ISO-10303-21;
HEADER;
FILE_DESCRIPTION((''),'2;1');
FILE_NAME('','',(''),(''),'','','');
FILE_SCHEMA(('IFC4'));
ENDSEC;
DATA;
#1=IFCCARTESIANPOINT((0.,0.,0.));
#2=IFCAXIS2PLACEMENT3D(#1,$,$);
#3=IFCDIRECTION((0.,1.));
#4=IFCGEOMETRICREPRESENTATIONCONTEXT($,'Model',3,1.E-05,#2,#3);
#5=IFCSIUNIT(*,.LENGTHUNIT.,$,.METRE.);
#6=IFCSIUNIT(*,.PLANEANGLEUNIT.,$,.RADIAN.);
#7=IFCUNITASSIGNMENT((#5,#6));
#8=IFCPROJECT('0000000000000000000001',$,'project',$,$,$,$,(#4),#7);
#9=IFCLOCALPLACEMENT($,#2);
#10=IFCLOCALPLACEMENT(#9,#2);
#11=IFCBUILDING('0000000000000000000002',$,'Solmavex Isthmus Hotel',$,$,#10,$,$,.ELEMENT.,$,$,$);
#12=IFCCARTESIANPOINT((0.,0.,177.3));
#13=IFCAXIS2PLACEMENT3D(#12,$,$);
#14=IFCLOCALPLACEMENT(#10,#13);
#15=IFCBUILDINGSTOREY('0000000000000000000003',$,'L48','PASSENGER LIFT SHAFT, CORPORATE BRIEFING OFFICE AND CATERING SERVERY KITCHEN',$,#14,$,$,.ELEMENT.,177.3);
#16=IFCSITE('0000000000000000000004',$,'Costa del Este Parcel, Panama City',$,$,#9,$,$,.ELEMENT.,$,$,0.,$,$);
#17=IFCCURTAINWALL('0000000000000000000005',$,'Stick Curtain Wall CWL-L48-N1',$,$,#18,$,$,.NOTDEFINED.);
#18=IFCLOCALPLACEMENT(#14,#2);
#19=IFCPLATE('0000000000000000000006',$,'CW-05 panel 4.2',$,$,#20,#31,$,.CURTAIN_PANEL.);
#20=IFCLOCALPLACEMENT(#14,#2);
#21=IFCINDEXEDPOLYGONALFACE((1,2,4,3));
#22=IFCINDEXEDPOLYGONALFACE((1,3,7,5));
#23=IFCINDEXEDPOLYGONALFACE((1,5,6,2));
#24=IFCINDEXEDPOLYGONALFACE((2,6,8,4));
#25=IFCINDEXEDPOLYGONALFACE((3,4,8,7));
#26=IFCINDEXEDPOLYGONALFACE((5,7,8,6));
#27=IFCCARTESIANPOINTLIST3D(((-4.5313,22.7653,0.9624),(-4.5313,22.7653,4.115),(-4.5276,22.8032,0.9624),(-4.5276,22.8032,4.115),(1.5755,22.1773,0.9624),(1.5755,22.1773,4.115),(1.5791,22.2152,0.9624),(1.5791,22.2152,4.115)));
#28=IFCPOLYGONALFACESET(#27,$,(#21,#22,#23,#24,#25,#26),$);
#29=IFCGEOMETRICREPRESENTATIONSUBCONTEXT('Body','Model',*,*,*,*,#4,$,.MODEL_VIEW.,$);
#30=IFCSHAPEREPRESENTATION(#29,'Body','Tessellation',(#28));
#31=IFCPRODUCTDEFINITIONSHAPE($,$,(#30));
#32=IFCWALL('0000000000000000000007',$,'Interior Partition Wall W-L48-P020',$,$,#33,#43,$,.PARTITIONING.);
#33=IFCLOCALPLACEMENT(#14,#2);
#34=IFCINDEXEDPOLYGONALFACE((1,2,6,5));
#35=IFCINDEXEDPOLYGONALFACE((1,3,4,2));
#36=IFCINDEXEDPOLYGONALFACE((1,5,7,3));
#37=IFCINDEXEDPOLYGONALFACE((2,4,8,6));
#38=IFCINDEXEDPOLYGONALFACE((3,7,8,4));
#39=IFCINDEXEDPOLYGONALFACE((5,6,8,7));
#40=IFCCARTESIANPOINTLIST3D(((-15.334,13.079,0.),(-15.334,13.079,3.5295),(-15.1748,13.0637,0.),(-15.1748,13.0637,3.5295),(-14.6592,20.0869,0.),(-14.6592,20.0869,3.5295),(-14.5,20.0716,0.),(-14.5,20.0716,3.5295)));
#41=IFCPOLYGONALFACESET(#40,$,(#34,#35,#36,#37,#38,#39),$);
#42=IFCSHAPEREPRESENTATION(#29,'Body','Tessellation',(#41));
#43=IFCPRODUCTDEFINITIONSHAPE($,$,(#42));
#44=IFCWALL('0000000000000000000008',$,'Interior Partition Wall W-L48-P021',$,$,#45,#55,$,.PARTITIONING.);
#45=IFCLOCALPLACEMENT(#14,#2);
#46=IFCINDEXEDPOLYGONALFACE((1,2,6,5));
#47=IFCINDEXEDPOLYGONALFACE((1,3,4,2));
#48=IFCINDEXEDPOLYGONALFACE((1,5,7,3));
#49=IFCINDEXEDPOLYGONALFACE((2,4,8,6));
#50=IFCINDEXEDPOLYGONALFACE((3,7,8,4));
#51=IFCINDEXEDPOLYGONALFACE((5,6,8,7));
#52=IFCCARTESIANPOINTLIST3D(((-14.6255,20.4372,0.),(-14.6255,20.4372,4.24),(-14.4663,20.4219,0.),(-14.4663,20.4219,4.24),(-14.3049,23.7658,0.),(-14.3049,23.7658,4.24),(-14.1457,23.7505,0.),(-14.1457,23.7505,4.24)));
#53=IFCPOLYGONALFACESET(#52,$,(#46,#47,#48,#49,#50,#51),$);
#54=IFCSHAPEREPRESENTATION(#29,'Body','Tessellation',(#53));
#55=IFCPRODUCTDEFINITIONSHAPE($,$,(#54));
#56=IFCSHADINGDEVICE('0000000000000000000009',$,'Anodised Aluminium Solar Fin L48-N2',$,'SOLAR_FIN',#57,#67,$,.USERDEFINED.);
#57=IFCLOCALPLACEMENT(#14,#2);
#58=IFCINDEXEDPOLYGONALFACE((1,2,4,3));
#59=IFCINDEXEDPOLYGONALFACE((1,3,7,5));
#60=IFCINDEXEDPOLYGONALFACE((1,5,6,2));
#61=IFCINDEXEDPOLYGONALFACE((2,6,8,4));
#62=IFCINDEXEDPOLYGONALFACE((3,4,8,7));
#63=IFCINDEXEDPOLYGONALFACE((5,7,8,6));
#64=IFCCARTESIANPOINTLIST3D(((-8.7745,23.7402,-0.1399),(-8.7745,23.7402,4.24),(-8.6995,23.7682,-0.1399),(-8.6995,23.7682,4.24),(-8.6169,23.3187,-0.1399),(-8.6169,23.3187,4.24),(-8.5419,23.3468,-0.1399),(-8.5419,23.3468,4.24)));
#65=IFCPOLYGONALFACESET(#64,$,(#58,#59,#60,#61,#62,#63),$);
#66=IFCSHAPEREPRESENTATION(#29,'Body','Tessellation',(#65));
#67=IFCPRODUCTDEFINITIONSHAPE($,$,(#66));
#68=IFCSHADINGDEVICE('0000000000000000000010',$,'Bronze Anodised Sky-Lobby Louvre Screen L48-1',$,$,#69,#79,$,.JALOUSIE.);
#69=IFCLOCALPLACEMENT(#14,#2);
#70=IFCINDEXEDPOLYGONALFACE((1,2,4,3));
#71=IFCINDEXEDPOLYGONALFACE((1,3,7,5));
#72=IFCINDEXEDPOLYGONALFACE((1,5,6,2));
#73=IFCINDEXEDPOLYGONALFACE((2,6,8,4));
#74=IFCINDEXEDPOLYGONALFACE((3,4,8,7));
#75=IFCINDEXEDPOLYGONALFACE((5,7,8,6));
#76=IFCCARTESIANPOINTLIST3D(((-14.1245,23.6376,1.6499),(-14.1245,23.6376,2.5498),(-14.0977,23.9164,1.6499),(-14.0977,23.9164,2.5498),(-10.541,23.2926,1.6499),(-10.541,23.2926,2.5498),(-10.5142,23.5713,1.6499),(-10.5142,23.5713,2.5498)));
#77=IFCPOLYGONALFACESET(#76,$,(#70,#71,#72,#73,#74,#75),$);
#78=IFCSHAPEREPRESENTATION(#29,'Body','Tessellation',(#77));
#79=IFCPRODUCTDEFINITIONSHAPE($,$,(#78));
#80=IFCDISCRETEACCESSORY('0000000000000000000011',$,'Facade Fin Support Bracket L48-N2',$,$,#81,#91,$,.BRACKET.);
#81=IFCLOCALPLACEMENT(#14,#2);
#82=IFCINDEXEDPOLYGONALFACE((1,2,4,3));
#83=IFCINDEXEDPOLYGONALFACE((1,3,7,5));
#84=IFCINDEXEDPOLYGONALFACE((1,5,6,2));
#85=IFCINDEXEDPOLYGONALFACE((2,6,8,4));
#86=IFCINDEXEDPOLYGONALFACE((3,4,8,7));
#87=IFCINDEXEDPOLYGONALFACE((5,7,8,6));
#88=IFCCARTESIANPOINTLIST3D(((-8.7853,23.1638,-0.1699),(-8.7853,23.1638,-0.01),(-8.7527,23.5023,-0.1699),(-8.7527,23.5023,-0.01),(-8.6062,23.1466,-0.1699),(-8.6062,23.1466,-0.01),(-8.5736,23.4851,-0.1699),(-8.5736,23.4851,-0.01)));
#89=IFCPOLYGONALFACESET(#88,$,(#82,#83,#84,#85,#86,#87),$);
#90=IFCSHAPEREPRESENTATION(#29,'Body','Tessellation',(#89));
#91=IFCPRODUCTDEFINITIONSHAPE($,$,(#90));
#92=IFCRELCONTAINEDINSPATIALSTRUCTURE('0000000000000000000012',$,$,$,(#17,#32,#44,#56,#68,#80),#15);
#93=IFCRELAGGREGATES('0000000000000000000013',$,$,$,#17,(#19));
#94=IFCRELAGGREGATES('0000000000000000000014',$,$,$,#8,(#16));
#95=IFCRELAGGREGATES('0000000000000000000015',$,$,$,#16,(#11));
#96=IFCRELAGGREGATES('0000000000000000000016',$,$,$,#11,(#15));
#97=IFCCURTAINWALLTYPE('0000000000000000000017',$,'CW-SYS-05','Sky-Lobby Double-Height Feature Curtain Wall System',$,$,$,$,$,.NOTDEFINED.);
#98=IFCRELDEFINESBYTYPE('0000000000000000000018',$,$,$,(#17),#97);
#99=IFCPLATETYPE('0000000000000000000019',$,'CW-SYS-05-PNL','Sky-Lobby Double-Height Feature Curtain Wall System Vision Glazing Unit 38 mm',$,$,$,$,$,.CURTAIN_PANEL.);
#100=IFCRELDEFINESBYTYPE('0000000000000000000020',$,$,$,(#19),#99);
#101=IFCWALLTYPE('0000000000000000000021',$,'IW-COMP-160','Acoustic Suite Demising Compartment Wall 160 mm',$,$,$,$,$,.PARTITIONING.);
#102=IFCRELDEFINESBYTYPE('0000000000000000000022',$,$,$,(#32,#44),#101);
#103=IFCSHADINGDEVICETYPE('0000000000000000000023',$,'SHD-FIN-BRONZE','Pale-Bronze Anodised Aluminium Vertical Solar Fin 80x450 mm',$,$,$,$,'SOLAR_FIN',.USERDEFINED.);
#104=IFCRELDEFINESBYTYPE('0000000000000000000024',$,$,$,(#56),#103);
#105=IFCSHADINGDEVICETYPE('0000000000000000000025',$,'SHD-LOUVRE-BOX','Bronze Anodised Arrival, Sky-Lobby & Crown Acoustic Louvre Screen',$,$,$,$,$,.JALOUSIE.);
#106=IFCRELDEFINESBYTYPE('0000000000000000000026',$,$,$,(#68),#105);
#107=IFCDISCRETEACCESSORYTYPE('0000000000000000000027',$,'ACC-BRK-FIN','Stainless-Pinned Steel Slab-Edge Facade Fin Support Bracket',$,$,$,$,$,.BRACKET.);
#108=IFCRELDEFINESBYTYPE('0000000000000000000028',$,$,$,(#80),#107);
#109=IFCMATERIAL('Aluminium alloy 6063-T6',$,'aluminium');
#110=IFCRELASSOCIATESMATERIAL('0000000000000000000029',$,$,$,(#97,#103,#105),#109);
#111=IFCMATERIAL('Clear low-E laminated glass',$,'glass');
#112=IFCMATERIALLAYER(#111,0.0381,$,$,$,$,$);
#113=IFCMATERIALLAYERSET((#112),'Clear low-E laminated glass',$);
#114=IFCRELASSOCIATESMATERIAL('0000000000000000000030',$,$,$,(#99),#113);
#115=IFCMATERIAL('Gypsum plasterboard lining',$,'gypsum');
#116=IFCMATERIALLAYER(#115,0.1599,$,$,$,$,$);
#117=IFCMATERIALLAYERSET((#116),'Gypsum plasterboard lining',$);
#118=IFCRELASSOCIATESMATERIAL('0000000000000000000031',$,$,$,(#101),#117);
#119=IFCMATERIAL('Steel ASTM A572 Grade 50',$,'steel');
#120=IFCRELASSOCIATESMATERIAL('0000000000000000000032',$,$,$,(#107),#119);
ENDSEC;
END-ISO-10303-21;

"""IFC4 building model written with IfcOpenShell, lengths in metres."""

from ifc_helpers import new_model, si_unit, direction, frame, frame_2d, origin, origin_2d, place, context, subcontext, project, spatial, rectangle, extrude, material, layer, layer_set, type_object, element, aggregate, save


model = new_model("IFC4")

# Units and contexts
model_context = context("Model", 3, precision=1e-05, world=origin(), true_north=direction((0.0, 1.0)))
body_context = subcontext(model_context, "Body", "Model", "MODEL_VIEW")
ifc_project = project(units=[si_unit("LENGTHUNIT", "METRE"), si_unit("PLANEANGLEUNIT", "RADIAN")], contexts=[model_context])

# Site, building, storey
site_placement = place(None, origin())
site = spatial("IfcSite", under=ifc_project, at=site_placement, Name="Costa del Este Parcel, Panama City", CompositionType="ELEMENT", RefElevation=0.0)
building_placement = place(site_placement, origin())
building = spatial("IfcBuilding", under=site, at=building_placement, Name="Solmavex Isthmus Hotel", CompositionType="ELEMENT")
storey_placement = place(building_placement, frame((0.0, 0.0, 177.3)))
storey = spatial("IfcBuildingStorey", under=building, at=storey_placement, Name="L48", Description="PASSENGER LIFT SHAFT, CORPORATE BRIEFING OFFICE AND CATERING SERVERY KITCHEN", CompositionType="ELEMENT", Elevation=177.3)

# Curtain wall, plate
ifc_material_1 = material(Name="Aluminium alloy 6063-T6", Category="aluminium")
curtain_wall_type = type_object("IfcCurtainWallType", Name="CW-SYS-05", Description="Sky-Lobby Double-Height Feature Curtain Wall System", PredefinedType="NOTDEFINED", material=ifc_material_1)
curtain_wall_placement = place(storey_placement, origin())
curtain_wall = element("IfcCurtainWall", 1, at=curtain_wall_placement, inside=storey, type_object=curtain_wall_type, Name="Stick Curtain Wall CWL-L48-N1", PredefinedType="NOTDEFINED")
ifc_material_2 = material(Name="Clear low-E laminated glass", Category="glass")
ifc_layer_1 = layer(ifc_material_2, 0.0381)
ifc_layer_set_1 = layer_set([ifc_layer_1], Name="Clear low-E laminated glass")
plate_type = type_object("IfcPlateType", Name="CW-SYS-05-PNL", Description="Sky-Lobby Double-Height Feature Curtain Wall System Vision Glazing Unit 38 mm", PredefinedType="CURTAIN_PANEL", material=ifc_layer_set_1)
plate_1_placement = place(storey_placement, frame((-1.4761, 22.4902, 0.9624), z_axis=(0.0, 0.0, 1.0), x_axis=(0.995396, -0.095846, 0.0)))
plate_1 = element("IfcPlate", 2, at=plate_1_placement, type_object=plate_type, Name="CW-05 panel 4.2", PredefinedType="CURTAIN_PANEL", context=body_context, shape_type="SweptSolid", body=[
    extrude(rectangle(XDim=6.135, YDim=0.0381, at=origin_2d()), origin(), (0.0, 0.0, 1.0), 3.1526),
])
aggregate(curtain_wall, [plate_1])

# Walls
ifc_material_3 = material(Name="Gypsum plasterboard lining", Category="gypsum")
ifc_layer_2 = layer(ifc_material_3, 0.1599)
ifc_layer_set_2 = layer_set([ifc_layer_2], Name="Gypsum plasterboard lining")
wall_type = type_object("IfcWallType", Name="IW-COMP-160", Description="Acoustic Suite Demising Compartment Wall 160 mm", PredefinedType="PARTITIONING", material=ifc_layer_set_2)
wall_1_placement = place(storey_placement, frame((-14.5796, 20.0791, 0.0), z_axis=(0.0, 0.0, 1.0), x_axis=(-0.09585, -0.995396, 0.0)))
element("IfcWall", 3, at=wall_1_placement, inside=storey, type_object=wall_type, Name="Interior Partition Wall W-L48-P020", PredefinedType="PARTITIONING", context=body_context, shape_type="SweptSolid", body=[
    extrude(rectangle(XDim=7.0403, YDim=0.1599, at=frame_2d((3.52, 0.0))), origin(), (0.0, 0.0, 1.0), 3.5295),
])
wall_2_placement = place(storey_placement, frame((-14.2253, 23.7581, 0.0), z_axis=(0.0, 0.0, 1.0), x_axis=(-0.09586, -0.995395, 0.0)))
element("IfcWall", 4, at=wall_2_placement, inside=storey, type_object=wall_type, Name="Interior Partition Wall W-L48-P021", PredefinedType="PARTITIONING", context=body_context, shape_type="SweptSolid", body=[
    extrude(rectangle(XDim=3.344, YDim=0.1599, at=frame_2d((1.6719, 0.0))), origin(), (0.0, 0.0, 1.0), 4.24),
])

# Shading devices
shading_device_type_1 = type_object("IfcShadingDeviceType", Name="SHD-FIN-BRONZE", Description="Pale-Bronze Anodised Aluminium Vertical Solar Fin 80x450 mm", ElementType="SOLAR_FIN", PredefinedType="USERDEFINED", material=ifc_material_1)
shading_device_1_placement = place(storey_placement, frame((-8.6582, 23.5435, -0.1399), z_axis=(0.0, 0.0, 1.0), x_axis=(-0.350207, 0.936672, 0.0)))
element("IfcShadingDevice", 5, at=shading_device_1_placement, inside=storey, type_object=shading_device_type_1, Name="Anodised Aluminium Solar Fin L48-N2", ObjectType="SOLAR_FIN", PredefinedType="USERDEFINED", context=body_context, shape_type="SweptSolid", body=[
    extrude(rectangle(XDim=0.45, YDim=0.0801, at=origin_2d()), origin(), (0.0, 0.0, 1.0), 4.3799),
])
shading_device_type_2 = type_object("IfcShadingDeviceType", Name="SHD-LOUVRE-BOX", Description="Bronze Anodised Arrival, Sky-Lobby & Crown Acoustic Louvre Screen", PredefinedType="JALOUSIE", material=ifc_material_1)
shading_device_2_placement = place(storey_placement, frame((-12.3193, 23.6045, 1.6499), z_axis=(0.0, 0.0, 1.0), x_axis=(0.995396, -0.095846, 0.0)))
element("IfcShadingDevice", 6, at=shading_device_2_placement, inside=storey, type_object=shading_device_type_2, Name="Bronze Anodised Sky-Lobby Louvre Screen L48-1", PredefinedType="JALOUSIE", context=body_context, shape_type="SweptSolid", body=[
    extrude(rectangle(XDim=3.6001, YDim=0.28, at=origin_2d()), origin(), (0.0, 0.0, 1.0), 0.8999),
])

# Discrete accessory
ifc_material_4 = material(Name="Steel ASTM A572 Grade 50", Category="steel")
discrete_accessory_type = type_object("IfcDiscreteAccessoryType", Name="ACC-BRK-FIN", Description="Stainless-Pinned Steel Slab-Edge Facade Fin Support Bracket", PredefinedType="BRACKET", material=ifc_material_4)
discrete_accessory_placement = place(storey_placement, frame((-8.6794, 23.3245, -0.1699), z_axis=(0.0, 0.0, 1.0), x_axis=(0.095846, 0.995396, 0.0)))
element("IfcDiscreteAccessory", 7, at=discrete_accessory_placement, inside=storey, type_object=discrete_accessory_type, Name="Facade Fin Support Bracket L48-N2", PredefinedType="BRACKET", context=body_context, shape_type="SweptSolid", body=[
    extrude(rectangle(XDim=0.3401, YDim=0.1799, at=origin_2d()), origin(), (0.0, 0.0, 1.0), 0.1599),
])

save(model, "model.ifc")
